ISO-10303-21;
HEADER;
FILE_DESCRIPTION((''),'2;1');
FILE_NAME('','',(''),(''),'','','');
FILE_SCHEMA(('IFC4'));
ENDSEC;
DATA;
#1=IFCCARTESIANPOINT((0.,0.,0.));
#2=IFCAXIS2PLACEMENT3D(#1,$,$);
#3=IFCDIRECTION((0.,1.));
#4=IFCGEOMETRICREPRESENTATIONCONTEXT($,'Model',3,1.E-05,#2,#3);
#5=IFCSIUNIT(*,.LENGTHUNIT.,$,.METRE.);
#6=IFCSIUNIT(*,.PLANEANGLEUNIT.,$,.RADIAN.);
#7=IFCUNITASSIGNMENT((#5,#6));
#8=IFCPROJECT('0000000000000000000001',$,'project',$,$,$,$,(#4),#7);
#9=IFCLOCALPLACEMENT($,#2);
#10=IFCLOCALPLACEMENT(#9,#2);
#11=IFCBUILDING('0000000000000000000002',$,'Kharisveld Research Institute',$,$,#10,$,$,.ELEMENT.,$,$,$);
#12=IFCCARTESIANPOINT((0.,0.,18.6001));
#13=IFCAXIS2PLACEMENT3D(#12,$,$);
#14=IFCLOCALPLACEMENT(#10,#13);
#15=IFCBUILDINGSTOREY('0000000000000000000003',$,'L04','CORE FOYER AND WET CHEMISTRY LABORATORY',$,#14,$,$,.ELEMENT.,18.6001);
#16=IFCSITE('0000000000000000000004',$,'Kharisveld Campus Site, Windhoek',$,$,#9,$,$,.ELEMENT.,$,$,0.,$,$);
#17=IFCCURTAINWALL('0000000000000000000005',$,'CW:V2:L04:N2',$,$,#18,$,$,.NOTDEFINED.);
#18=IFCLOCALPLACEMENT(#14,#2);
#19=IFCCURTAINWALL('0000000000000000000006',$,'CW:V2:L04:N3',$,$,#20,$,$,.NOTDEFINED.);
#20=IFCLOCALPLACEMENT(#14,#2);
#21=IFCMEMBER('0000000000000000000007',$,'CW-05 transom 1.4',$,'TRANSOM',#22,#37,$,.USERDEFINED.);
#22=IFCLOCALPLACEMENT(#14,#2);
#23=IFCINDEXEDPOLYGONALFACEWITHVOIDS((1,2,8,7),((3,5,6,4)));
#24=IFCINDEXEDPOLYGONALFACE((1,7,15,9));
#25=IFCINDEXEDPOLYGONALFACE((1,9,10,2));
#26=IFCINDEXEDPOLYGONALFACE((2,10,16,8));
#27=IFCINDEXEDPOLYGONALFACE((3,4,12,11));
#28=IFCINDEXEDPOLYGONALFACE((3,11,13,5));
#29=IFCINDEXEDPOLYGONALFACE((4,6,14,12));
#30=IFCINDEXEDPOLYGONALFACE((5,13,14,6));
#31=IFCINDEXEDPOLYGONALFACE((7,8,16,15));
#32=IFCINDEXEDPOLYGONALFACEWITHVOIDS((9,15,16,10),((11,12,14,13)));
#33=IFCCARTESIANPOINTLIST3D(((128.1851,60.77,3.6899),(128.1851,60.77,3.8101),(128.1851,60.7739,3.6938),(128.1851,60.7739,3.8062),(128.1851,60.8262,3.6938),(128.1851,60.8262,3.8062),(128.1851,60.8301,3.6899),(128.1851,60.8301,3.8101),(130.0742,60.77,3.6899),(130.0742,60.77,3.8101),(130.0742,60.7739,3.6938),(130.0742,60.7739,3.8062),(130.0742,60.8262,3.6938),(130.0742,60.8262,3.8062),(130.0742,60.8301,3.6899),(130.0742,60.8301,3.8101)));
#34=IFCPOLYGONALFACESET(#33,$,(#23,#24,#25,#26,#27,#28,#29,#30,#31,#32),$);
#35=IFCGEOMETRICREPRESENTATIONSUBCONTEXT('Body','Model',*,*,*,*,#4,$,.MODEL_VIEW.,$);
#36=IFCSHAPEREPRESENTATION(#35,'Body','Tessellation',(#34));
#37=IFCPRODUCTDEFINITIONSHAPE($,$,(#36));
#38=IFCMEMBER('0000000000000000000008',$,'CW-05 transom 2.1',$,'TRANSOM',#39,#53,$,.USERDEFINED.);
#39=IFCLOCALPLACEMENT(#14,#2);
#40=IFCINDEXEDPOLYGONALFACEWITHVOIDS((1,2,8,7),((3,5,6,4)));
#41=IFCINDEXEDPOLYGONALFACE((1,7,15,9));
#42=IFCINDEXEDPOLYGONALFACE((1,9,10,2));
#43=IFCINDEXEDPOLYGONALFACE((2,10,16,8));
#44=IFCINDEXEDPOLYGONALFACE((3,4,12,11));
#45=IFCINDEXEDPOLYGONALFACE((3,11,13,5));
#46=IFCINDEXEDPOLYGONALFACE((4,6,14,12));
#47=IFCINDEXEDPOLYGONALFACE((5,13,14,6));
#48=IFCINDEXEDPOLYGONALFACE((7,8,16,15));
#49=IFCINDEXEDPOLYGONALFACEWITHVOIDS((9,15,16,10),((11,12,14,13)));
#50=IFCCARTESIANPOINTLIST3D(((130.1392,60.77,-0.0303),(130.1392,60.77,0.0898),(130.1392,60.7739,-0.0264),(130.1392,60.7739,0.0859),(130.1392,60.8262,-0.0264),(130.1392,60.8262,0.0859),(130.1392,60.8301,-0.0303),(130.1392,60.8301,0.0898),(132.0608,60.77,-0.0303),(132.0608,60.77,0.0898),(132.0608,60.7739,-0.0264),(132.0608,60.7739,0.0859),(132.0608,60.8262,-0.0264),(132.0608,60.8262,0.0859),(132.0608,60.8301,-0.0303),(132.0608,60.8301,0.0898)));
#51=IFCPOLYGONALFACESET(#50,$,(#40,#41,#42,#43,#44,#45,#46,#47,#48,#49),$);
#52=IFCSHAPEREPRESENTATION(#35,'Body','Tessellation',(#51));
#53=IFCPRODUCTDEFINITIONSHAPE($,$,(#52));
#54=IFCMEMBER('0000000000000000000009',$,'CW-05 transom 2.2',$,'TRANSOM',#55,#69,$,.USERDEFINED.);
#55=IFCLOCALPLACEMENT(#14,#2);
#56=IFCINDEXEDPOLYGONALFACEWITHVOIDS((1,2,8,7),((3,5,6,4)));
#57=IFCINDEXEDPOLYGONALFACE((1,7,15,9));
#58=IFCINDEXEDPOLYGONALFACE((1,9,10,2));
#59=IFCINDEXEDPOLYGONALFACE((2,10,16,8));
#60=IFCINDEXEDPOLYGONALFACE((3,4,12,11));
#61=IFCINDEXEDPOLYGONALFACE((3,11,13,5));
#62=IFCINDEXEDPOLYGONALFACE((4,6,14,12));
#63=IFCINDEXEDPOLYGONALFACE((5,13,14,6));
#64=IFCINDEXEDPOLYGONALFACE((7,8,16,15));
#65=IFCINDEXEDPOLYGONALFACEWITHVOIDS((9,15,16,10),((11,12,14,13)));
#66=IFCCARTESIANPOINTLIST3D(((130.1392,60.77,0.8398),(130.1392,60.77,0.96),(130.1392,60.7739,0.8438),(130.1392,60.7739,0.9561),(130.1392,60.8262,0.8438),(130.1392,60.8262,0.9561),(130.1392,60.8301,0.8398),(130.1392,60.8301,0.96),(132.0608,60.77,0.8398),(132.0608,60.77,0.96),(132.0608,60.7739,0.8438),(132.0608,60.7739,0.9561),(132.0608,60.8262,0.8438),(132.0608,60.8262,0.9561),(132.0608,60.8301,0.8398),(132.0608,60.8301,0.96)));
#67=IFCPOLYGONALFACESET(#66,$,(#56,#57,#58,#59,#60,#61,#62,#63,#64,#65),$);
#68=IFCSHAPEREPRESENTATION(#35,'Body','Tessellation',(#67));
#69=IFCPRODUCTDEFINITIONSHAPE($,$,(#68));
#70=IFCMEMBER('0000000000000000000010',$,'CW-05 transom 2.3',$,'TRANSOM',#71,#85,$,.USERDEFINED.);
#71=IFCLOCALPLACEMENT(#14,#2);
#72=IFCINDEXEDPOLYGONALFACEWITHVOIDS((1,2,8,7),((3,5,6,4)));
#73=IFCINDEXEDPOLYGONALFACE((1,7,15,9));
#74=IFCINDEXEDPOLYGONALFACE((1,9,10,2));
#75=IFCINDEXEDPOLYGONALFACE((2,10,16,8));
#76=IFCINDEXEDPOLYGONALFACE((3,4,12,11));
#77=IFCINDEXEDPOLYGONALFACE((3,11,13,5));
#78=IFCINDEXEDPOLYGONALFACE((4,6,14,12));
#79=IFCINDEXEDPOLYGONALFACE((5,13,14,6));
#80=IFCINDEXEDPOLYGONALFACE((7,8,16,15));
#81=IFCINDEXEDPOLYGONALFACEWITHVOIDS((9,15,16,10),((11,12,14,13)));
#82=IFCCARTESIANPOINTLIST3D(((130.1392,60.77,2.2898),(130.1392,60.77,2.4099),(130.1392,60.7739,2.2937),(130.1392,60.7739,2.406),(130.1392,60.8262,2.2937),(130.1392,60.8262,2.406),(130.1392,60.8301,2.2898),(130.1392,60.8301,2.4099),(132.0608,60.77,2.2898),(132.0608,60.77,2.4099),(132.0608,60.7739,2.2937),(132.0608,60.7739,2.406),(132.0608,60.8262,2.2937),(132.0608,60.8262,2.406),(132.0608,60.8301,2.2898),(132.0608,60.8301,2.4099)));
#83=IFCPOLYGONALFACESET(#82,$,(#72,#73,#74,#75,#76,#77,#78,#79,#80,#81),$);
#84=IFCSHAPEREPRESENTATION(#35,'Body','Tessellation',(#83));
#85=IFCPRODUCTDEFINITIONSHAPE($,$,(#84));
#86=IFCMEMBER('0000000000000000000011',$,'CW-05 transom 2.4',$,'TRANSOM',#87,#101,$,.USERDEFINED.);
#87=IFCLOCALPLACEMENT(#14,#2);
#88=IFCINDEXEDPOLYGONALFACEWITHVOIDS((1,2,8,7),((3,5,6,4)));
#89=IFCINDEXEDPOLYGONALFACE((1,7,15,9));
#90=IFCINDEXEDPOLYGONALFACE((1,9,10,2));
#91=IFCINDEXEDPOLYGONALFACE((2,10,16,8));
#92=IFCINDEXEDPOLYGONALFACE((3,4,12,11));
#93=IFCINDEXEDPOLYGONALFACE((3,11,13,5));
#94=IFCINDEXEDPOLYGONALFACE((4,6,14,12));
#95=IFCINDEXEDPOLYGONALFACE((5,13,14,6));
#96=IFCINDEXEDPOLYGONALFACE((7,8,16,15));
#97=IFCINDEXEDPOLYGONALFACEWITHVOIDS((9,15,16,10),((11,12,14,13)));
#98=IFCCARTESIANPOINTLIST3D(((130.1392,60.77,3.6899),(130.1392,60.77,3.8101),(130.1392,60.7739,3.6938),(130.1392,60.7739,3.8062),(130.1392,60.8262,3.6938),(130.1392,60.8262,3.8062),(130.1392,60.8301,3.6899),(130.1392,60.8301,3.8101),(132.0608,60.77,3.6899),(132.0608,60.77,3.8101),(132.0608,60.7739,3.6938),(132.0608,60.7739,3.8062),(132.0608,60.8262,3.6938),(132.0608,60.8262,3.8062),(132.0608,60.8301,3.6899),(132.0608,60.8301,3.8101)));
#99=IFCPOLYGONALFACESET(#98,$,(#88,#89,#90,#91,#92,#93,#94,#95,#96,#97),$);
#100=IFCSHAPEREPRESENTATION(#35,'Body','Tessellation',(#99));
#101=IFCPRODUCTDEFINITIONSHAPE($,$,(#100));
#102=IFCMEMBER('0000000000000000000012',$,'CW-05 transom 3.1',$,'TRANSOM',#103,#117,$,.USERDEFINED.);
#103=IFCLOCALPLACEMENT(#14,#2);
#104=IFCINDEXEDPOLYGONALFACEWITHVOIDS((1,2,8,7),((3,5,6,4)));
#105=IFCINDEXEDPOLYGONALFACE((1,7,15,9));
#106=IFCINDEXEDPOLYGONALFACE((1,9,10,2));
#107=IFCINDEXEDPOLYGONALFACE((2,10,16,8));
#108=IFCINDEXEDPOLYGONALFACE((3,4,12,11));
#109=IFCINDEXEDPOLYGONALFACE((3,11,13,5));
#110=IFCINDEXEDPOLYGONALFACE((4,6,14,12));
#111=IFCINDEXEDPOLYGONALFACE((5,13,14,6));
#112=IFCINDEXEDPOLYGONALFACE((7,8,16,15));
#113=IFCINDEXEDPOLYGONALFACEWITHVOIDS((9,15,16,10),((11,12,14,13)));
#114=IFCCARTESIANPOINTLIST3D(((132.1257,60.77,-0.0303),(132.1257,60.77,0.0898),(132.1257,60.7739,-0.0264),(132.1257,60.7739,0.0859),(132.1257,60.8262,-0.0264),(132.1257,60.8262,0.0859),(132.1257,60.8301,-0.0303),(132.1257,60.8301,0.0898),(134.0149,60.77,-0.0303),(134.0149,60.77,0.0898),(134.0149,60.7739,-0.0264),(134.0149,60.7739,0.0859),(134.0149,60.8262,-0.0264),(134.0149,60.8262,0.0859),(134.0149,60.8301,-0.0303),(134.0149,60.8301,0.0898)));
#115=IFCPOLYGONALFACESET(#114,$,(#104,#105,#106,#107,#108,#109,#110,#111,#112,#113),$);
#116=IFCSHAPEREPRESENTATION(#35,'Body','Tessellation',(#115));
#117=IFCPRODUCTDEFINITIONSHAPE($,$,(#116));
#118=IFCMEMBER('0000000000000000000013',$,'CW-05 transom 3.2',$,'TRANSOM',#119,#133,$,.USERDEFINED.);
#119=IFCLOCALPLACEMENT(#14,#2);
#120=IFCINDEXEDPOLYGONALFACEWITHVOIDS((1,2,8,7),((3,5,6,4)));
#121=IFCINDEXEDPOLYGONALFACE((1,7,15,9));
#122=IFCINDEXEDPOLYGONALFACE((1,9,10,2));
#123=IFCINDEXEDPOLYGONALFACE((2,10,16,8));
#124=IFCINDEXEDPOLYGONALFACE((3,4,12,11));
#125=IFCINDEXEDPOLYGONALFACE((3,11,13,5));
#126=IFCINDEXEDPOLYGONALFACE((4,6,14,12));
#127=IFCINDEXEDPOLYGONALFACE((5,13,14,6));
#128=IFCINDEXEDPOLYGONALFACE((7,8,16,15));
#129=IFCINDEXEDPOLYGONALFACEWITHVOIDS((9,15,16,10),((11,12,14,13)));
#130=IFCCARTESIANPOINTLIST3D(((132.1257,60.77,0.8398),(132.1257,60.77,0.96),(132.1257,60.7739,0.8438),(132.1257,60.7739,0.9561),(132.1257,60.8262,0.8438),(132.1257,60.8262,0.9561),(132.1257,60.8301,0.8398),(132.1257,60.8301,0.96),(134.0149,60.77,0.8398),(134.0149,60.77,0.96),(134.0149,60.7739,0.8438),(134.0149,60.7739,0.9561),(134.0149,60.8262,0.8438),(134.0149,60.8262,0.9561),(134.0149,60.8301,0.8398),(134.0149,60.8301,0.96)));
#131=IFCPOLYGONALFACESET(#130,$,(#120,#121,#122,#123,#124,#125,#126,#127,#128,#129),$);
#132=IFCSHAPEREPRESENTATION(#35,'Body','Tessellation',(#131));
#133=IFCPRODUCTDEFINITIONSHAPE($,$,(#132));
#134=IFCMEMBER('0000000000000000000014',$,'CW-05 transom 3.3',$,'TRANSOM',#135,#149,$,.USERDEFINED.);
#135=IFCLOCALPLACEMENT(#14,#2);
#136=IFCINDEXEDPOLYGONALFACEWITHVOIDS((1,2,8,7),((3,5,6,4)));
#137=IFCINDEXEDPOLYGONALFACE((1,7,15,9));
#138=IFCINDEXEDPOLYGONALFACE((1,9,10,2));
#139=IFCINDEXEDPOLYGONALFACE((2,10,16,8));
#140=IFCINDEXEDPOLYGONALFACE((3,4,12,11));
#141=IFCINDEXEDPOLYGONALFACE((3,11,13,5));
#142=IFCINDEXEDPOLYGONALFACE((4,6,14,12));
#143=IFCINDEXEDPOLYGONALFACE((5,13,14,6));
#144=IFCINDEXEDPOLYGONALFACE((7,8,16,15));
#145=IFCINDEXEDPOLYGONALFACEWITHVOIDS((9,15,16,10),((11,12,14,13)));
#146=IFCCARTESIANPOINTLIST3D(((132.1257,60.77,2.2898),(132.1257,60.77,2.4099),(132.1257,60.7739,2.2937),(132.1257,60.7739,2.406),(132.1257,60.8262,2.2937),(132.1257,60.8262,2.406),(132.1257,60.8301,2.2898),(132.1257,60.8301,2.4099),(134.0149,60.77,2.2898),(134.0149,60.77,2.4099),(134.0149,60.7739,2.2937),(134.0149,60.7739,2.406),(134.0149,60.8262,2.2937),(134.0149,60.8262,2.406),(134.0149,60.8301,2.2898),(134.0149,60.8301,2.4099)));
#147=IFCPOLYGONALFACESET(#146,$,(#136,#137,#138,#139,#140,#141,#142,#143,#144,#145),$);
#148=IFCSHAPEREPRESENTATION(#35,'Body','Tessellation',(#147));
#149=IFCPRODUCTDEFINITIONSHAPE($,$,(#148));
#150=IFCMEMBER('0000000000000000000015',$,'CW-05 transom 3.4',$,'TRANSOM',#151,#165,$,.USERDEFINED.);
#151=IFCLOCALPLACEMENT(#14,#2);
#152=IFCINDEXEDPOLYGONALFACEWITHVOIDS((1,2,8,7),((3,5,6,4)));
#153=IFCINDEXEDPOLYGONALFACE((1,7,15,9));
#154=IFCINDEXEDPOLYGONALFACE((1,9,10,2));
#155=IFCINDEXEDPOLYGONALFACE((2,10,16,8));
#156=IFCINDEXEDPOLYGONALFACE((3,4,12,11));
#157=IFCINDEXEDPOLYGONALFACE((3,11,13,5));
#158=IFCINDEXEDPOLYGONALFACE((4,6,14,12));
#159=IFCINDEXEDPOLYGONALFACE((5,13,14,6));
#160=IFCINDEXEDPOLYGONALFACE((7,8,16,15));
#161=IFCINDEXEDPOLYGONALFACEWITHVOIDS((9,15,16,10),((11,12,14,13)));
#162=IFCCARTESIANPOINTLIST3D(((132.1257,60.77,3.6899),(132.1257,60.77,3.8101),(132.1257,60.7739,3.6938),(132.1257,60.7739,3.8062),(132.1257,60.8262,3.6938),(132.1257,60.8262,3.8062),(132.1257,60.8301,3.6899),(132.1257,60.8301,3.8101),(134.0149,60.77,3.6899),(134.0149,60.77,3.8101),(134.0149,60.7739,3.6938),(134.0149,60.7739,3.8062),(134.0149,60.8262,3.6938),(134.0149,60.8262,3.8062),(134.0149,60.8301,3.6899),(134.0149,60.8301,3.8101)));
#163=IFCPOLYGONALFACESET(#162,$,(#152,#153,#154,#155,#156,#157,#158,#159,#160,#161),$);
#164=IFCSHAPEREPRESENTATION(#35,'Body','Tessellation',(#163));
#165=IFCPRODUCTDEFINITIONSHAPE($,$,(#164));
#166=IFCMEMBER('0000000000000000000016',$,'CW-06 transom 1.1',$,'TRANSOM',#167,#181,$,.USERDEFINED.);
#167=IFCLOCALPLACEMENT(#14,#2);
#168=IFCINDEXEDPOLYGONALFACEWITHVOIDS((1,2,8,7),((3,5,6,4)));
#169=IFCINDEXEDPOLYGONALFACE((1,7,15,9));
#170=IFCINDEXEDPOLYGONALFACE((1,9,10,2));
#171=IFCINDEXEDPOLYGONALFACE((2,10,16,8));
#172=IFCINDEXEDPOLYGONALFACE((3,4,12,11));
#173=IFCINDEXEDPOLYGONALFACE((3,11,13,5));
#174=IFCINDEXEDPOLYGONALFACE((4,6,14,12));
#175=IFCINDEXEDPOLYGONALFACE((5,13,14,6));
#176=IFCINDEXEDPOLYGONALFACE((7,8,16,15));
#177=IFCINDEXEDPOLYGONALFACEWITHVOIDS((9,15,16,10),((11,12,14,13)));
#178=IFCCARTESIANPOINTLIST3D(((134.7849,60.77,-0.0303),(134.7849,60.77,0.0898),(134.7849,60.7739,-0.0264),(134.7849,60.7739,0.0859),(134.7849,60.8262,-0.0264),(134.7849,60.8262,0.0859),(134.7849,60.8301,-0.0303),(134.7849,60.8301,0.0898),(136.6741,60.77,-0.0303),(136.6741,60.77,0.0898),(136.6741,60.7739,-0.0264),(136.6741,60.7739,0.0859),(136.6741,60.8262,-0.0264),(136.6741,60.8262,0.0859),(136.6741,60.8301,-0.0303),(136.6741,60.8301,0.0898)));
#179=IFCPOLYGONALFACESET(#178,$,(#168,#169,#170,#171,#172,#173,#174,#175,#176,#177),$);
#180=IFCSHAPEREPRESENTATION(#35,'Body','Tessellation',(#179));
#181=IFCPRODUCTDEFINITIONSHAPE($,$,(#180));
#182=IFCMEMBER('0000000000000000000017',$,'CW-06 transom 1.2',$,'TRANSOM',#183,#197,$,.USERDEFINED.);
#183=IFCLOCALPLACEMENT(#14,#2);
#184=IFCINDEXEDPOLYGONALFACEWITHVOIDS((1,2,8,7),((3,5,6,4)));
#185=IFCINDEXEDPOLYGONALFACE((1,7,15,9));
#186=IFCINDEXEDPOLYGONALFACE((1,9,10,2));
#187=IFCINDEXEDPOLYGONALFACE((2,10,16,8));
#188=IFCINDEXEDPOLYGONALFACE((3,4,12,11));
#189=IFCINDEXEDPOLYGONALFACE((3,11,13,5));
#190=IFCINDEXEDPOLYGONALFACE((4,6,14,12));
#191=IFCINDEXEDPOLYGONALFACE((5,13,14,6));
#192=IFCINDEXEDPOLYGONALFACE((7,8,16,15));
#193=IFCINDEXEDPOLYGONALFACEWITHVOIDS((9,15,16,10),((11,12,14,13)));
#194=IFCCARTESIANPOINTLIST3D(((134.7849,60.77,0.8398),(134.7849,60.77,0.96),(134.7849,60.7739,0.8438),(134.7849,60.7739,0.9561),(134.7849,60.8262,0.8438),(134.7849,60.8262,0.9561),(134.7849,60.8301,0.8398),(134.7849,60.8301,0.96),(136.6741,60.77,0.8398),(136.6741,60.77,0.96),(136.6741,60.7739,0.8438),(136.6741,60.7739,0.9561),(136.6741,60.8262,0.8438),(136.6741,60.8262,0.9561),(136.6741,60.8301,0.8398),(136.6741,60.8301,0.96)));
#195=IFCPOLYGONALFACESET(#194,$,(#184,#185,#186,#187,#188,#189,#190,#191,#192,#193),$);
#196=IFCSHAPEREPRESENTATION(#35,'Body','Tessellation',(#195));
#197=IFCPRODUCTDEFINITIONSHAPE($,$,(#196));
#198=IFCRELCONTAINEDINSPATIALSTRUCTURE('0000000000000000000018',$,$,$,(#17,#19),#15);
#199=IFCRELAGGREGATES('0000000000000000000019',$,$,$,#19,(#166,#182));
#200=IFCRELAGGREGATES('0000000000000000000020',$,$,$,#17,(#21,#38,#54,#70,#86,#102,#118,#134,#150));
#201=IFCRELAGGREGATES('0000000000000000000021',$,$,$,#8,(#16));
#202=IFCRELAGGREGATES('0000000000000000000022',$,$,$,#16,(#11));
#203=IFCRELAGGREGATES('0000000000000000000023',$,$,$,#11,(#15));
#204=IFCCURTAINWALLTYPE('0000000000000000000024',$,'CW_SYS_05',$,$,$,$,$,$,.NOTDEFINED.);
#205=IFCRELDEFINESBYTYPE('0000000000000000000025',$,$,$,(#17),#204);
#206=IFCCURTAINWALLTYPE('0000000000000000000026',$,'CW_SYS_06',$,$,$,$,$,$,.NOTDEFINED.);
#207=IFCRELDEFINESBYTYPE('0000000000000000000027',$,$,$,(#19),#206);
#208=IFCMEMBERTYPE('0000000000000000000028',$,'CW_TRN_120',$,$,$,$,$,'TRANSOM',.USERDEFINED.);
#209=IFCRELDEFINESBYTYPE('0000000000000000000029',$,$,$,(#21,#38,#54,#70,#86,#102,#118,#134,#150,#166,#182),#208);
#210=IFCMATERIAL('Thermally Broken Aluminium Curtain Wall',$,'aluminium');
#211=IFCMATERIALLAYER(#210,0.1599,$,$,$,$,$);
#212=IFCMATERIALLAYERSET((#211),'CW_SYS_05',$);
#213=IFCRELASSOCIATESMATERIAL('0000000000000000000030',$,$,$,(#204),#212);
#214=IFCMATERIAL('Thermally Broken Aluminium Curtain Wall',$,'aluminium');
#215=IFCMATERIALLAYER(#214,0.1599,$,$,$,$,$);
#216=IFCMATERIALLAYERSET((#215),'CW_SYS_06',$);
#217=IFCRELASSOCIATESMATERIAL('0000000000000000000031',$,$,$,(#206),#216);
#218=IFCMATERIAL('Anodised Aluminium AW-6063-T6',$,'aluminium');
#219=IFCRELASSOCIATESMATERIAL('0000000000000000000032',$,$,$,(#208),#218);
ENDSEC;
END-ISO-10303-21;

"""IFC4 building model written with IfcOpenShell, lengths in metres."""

from ifc_helpers import new_model, si_unit, direction, frame, origin, origin_2d, place, context, subcontext, project, spatial, hollow_rectangle, extrude, material, layer, layer_set, material_profile, profile_set, type_object, element, aggregate, save


model = new_model("IFC4")

# Units and contexts
model_context = context("Model", 3, precision=1e-05, world=origin(), true_north=direction((0.0, 1.0)))
body_context = subcontext(model_context, "Body", "Model", "MODEL_VIEW")
ifc_project = project(units=[si_unit("LENGTHUNIT", "METRE"), si_unit("PLANEANGLEUNIT", "RADIAN")], contexts=[model_context])

# Site, building, storey
site_placement = place(None, origin())
site = spatial("IfcSite", under=ifc_project, at=site_placement, Name="Kharisveld Campus Site, Windhoek", CompositionType="ELEMENT", RefElevation=0.0)
building_placement = place(site_placement, origin())
building = spatial("IfcBuilding", under=site, at=building_placement, Name="Kharisveld Research Institute", CompositionType="ELEMENT")
storey_placement = place(building_placement, frame((0.0, 0.0, 18.6001)))
storey = spatial("IfcBuildingStorey", under=building, at=storey_placement, Name="L04", Description="CORE FOYER AND WET CHEMISTRY LABORATORY", CompositionType="ELEMENT", Elevation=18.6001)

# Curtain wall
ifc_material_1 = material(Name="Thermally Broken Aluminium Curtain Wall", Category="aluminium")
ifc_layer_1 = layer(ifc_material_1, 0.1599)
ifc_layer_set_1 = layer_set([ifc_layer_1], Name="CW_SYS_05")
curtain_wall_type_1 = type_object("IfcCurtainWallType", Name="CW_SYS_05", PredefinedType="NOTDEFINED", material=ifc_layer_set_1)
curtain_wall_1_placement = place(storey_placement, origin())
curtain_wall_1 = element("IfcCurtainWall", 1, at=curtain_wall_1_placement, inside=storey, type_object=curtain_wall_type_1, Name="CW:V2:L04:N2", PredefinedType="NOTDEFINED")

# Curtain wall
ifc_material_2 = material(Name="Thermally Broken Aluminium Curtain Wall", Category="aluminium")
ifc_layer_2 = layer(ifc_material_2, 0.1599)
ifc_layer_set_2 = layer_set([ifc_layer_2], Name="CW_SYS_06")
curtain_wall_type_2 = type_object("IfcCurtainWallType", Name="CW_SYS_06", PredefinedType="NOTDEFINED", material=ifc_layer_set_2)
curtain_wall_2_placement = place(storey_placement, origin())
curtain_wall_2 = element("IfcCurtainWall", 2, at=curtain_wall_2_placement, inside=storey, type_object=curtain_wall_type_2, Name="CW:V2:L04:N3", PredefinedType="NOTDEFINED")

# Members
ifc_material_3 = material(Name="Anodised Aluminium AW-6063-T6", Category="aluminium")
ifc_material_profile_1 = material_profile(ifc_material_3, hollow_rectangle(XDim=0.0601, YDim=0.1201, WallThickness=0.0039, at=origin_2d()))
ifc_profile_set_1 = profile_set([ifc_material_profile_1], Name="Anodised Aluminium AW-6063-T6")
member_type_1 = type_object("IfcMemberType", Name="CW_TRN_120", ElementType="TRANSOM", PredefinedType="USERDEFINED", material=ifc_profile_set_1)
member_1_placement = place(storey_placement, frame((128.1851, 60.8, 3.75), z_axis=(1.0, 0.0, 0.0), x_axis=(0.0, 1.0, 0.0)))
member_1 = element("IfcMember", 3, at=member_1_placement, type_object=member_type_1, Name="CW-05 transom 1.4", ObjectType="TRANSOM", PredefinedType="USERDEFINED", context=body_context, shape_type="SweptSolid", body=[
    extrude(hollow_rectangle(XDim=0.0601, YDim=0.1201, WallThickness=0.0039, at=origin_2d()), origin(), (0.0, 0.0, 1.0), 1.8892),
])
member_2_placement = place(storey_placement, frame((130.1392, 60.8, 0.0298), z_axis=(1.0, 0.0, 0.0), x_axis=(0.0, 1.0, 0.0)))
member_2 = element("IfcMember", 4, at=member_2_placement, type_object=member_type_1, Name="CW-05 transom 2.1", ObjectType="TRANSOM", PredefinedType="USERDEFINED", context=body_context, shape_type="SweptSolid", body=[
    extrude(hollow_rectangle(XDim=0.0601, YDim=0.1201, WallThickness=0.0039, at=origin_2d()), origin(), (0.0, 0.0, 1.0), 1.9216),
])
member_3_placement = place(storey_placement, frame((130.1392, 60.8, 0.8999), z_axis=(1.0, 0.0, 0.0), x_axis=(0.0, 1.0, 0.0)))
member_3 = element("IfcMember", 5, at=member_3_placement, type_object=member_type_1, Name="CW-05 transom 2.2", ObjectType="TRANSOM", PredefinedType="USERDEFINED", context=body_context, shape_type="SweptSolid", body=[
    extrude(hollow_rectangle(XDim=0.0601, YDim=0.1201, WallThickness=0.0039, at=origin_2d()), origin(), (0.0, 0.0, 1.0), 1.9216),
])
member_4_placement = place(storey_placement, frame((130.1392, 60.8, 2.3499), z_axis=(1.0, 0.0, 0.0), x_axis=(0.0, 1.0, 0.0)))
member_4 = element("IfcMember", 6, at=member_4_placement, type_object=member_type_1, Name="CW-05 transom 2.3", ObjectType="TRANSOM", PredefinedType="USERDEFINED", context=body_context, shape_type="SweptSolid", body=[
    extrude(hollow_rectangle(XDim=0.0601, YDim=0.1201, WallThickness=0.0039, at=origin_2d()), origin(), (0.0, 0.0, 1.0), 1.9216),
])
member_5_placement = place(storey_placement, frame((130.1392, 60.8, 3.75), z_axis=(1.0, 0.0, 0.0), x_axis=(0.0, 1.0, 0.0)))
member_5 = element("IfcMember", 7, at=member_5_placement, type_object=member_type_1, Name="CW-05 transom 2.4", ObjectType="TRANSOM", PredefinedType="USERDEFINED", context=body_context, shape_type="SweptSolid", body=[
    extrude(hollow_rectangle(XDim=0.0601, YDim=0.1201, WallThickness=0.0039, at=origin_2d()), origin(), (0.0, 0.0, 1.0), 1.9216),
])
member_6_placement = place(storey_placement, frame((132.1257, 60.8, 0.0298), z_axis=(1.0, 0.0, 0.0), x_axis=(0.0, 1.0, 0.0)))
member_6 = element("IfcMember", 8, at=member_6_placement, type_object=member_type_1, Name="CW-05 transom 3.1", ObjectType="TRANSOM", PredefinedType="USERDEFINED", context=body_context, shape_type="SweptSolid", body=[
    extrude(hollow_rectangle(XDim=0.0601, YDim=0.1201, WallThickness=0.0039, at=origin_2d()), origin(), (0.0, 0.0, 1.0), 1.8892),
])
member_7_placement = place(storey_placement, frame((132.1257, 60.8, 0.8999), z_axis=(1.0, 0.0, 0.0), x_axis=(0.0, 1.0, 0.0)))
member_7 = element("IfcMember", 9, at=member_7_placement, type_object=member_type_1, Name="CW-05 transom 3.2", ObjectType="TRANSOM", PredefinedType="USERDEFINED", context=body_context, shape_type="SweptSolid", body=[
    extrude(hollow_rectangle(XDim=0.0601, YDim=0.1201, WallThickness=0.0039, at=origin_2d()), origin(), (0.0, 0.0, 1.0), 1.8892),
])
member_8_placement = place(storey_placement, frame((132.1257, 60.8, 2.3499), z_axis=(1.0, 0.0, 0.0), x_axis=(0.0, 1.0, 0.0)))
member_8 = element("IfcMember", 10, at=member_8_placement, type_object=member_type_1, Name="CW-05 transom 3.3", ObjectType="TRANSOM", PredefinedType="USERDEFINED", context=body_context, shape_type="SweptSolid", body=[
    extrude(hollow_rectangle(XDim=0.0601, YDim=0.1201, WallThickness=0.0039, at=origin_2d()), origin(), (0.0, 0.0, 1.0), 1.8892),
])
member_9_placement = place(storey_placement, frame((132.1257, 60.8, 3.75), z_axis=(1.0, 0.0, 0.0), x_axis=(0.0, 1.0, 0.0)))
member_9 = element("IfcMember", 11, at=member_9_placement, type_object=member_type_1, Name="CW-05 transom 3.4", ObjectType="TRANSOM", PredefinedType="USERDEFINED", context=body_context, shape_type="SweptSolid", body=[
    extrude(hollow_rectangle(XDim=0.0601, YDim=0.1201, WallThickness=0.0039, at=origin_2d()), origin(), (0.0, 0.0, 1.0), 1.8892),
])
member_10_placement = place(storey_placement, frame((134.7849, 60.8, 0.0298), z_axis=(1.0, 0.0, 0.0), x_axis=(0.0, 1.0, 0.0)))
member_10 = element("IfcMember", 12, at=member_10_placement, type_object=member_type_1, Name="CW-06 transom 1.1", ObjectType="TRANSOM", PredefinedType="USERDEFINED", context=body_context, shape_type="SweptSolid", body=[
    extrude(hollow_rectangle(XDim=0.0601, YDim=0.1201, WallThickness=0.0039, at=origin_2d()), origin(), (0.0, 0.0, 1.0), 1.8892),
])
member_11_placement = place(storey_placement, frame((134.7849, 60.8, 0.8999), z_axis=(1.0, 0.0, 0.0), x_axis=(0.0, 1.0, 0.0)))
member_11 = element("IfcMember", 13, at=member_11_placement, type_object=member_type_1, Name="CW-06 transom 1.2", ObjectType="TRANSOM", PredefinedType="USERDEFINED", context=body_context, shape_type="SweptSolid", body=[
    extrude(hollow_rectangle(XDim=0.0601, YDim=0.1201, WallThickness=0.0039, at=origin_2d()), origin(), (0.0, 0.0, 1.0), 1.8892),
])
aggregate(curtain_wall_2, [member_10, member_11])

aggregate(curtain_wall_1, [member_1, member_2, member_3, member_4, member_5, member_6, member_7, member_8, member_9])

save(model, "model.ifc")
